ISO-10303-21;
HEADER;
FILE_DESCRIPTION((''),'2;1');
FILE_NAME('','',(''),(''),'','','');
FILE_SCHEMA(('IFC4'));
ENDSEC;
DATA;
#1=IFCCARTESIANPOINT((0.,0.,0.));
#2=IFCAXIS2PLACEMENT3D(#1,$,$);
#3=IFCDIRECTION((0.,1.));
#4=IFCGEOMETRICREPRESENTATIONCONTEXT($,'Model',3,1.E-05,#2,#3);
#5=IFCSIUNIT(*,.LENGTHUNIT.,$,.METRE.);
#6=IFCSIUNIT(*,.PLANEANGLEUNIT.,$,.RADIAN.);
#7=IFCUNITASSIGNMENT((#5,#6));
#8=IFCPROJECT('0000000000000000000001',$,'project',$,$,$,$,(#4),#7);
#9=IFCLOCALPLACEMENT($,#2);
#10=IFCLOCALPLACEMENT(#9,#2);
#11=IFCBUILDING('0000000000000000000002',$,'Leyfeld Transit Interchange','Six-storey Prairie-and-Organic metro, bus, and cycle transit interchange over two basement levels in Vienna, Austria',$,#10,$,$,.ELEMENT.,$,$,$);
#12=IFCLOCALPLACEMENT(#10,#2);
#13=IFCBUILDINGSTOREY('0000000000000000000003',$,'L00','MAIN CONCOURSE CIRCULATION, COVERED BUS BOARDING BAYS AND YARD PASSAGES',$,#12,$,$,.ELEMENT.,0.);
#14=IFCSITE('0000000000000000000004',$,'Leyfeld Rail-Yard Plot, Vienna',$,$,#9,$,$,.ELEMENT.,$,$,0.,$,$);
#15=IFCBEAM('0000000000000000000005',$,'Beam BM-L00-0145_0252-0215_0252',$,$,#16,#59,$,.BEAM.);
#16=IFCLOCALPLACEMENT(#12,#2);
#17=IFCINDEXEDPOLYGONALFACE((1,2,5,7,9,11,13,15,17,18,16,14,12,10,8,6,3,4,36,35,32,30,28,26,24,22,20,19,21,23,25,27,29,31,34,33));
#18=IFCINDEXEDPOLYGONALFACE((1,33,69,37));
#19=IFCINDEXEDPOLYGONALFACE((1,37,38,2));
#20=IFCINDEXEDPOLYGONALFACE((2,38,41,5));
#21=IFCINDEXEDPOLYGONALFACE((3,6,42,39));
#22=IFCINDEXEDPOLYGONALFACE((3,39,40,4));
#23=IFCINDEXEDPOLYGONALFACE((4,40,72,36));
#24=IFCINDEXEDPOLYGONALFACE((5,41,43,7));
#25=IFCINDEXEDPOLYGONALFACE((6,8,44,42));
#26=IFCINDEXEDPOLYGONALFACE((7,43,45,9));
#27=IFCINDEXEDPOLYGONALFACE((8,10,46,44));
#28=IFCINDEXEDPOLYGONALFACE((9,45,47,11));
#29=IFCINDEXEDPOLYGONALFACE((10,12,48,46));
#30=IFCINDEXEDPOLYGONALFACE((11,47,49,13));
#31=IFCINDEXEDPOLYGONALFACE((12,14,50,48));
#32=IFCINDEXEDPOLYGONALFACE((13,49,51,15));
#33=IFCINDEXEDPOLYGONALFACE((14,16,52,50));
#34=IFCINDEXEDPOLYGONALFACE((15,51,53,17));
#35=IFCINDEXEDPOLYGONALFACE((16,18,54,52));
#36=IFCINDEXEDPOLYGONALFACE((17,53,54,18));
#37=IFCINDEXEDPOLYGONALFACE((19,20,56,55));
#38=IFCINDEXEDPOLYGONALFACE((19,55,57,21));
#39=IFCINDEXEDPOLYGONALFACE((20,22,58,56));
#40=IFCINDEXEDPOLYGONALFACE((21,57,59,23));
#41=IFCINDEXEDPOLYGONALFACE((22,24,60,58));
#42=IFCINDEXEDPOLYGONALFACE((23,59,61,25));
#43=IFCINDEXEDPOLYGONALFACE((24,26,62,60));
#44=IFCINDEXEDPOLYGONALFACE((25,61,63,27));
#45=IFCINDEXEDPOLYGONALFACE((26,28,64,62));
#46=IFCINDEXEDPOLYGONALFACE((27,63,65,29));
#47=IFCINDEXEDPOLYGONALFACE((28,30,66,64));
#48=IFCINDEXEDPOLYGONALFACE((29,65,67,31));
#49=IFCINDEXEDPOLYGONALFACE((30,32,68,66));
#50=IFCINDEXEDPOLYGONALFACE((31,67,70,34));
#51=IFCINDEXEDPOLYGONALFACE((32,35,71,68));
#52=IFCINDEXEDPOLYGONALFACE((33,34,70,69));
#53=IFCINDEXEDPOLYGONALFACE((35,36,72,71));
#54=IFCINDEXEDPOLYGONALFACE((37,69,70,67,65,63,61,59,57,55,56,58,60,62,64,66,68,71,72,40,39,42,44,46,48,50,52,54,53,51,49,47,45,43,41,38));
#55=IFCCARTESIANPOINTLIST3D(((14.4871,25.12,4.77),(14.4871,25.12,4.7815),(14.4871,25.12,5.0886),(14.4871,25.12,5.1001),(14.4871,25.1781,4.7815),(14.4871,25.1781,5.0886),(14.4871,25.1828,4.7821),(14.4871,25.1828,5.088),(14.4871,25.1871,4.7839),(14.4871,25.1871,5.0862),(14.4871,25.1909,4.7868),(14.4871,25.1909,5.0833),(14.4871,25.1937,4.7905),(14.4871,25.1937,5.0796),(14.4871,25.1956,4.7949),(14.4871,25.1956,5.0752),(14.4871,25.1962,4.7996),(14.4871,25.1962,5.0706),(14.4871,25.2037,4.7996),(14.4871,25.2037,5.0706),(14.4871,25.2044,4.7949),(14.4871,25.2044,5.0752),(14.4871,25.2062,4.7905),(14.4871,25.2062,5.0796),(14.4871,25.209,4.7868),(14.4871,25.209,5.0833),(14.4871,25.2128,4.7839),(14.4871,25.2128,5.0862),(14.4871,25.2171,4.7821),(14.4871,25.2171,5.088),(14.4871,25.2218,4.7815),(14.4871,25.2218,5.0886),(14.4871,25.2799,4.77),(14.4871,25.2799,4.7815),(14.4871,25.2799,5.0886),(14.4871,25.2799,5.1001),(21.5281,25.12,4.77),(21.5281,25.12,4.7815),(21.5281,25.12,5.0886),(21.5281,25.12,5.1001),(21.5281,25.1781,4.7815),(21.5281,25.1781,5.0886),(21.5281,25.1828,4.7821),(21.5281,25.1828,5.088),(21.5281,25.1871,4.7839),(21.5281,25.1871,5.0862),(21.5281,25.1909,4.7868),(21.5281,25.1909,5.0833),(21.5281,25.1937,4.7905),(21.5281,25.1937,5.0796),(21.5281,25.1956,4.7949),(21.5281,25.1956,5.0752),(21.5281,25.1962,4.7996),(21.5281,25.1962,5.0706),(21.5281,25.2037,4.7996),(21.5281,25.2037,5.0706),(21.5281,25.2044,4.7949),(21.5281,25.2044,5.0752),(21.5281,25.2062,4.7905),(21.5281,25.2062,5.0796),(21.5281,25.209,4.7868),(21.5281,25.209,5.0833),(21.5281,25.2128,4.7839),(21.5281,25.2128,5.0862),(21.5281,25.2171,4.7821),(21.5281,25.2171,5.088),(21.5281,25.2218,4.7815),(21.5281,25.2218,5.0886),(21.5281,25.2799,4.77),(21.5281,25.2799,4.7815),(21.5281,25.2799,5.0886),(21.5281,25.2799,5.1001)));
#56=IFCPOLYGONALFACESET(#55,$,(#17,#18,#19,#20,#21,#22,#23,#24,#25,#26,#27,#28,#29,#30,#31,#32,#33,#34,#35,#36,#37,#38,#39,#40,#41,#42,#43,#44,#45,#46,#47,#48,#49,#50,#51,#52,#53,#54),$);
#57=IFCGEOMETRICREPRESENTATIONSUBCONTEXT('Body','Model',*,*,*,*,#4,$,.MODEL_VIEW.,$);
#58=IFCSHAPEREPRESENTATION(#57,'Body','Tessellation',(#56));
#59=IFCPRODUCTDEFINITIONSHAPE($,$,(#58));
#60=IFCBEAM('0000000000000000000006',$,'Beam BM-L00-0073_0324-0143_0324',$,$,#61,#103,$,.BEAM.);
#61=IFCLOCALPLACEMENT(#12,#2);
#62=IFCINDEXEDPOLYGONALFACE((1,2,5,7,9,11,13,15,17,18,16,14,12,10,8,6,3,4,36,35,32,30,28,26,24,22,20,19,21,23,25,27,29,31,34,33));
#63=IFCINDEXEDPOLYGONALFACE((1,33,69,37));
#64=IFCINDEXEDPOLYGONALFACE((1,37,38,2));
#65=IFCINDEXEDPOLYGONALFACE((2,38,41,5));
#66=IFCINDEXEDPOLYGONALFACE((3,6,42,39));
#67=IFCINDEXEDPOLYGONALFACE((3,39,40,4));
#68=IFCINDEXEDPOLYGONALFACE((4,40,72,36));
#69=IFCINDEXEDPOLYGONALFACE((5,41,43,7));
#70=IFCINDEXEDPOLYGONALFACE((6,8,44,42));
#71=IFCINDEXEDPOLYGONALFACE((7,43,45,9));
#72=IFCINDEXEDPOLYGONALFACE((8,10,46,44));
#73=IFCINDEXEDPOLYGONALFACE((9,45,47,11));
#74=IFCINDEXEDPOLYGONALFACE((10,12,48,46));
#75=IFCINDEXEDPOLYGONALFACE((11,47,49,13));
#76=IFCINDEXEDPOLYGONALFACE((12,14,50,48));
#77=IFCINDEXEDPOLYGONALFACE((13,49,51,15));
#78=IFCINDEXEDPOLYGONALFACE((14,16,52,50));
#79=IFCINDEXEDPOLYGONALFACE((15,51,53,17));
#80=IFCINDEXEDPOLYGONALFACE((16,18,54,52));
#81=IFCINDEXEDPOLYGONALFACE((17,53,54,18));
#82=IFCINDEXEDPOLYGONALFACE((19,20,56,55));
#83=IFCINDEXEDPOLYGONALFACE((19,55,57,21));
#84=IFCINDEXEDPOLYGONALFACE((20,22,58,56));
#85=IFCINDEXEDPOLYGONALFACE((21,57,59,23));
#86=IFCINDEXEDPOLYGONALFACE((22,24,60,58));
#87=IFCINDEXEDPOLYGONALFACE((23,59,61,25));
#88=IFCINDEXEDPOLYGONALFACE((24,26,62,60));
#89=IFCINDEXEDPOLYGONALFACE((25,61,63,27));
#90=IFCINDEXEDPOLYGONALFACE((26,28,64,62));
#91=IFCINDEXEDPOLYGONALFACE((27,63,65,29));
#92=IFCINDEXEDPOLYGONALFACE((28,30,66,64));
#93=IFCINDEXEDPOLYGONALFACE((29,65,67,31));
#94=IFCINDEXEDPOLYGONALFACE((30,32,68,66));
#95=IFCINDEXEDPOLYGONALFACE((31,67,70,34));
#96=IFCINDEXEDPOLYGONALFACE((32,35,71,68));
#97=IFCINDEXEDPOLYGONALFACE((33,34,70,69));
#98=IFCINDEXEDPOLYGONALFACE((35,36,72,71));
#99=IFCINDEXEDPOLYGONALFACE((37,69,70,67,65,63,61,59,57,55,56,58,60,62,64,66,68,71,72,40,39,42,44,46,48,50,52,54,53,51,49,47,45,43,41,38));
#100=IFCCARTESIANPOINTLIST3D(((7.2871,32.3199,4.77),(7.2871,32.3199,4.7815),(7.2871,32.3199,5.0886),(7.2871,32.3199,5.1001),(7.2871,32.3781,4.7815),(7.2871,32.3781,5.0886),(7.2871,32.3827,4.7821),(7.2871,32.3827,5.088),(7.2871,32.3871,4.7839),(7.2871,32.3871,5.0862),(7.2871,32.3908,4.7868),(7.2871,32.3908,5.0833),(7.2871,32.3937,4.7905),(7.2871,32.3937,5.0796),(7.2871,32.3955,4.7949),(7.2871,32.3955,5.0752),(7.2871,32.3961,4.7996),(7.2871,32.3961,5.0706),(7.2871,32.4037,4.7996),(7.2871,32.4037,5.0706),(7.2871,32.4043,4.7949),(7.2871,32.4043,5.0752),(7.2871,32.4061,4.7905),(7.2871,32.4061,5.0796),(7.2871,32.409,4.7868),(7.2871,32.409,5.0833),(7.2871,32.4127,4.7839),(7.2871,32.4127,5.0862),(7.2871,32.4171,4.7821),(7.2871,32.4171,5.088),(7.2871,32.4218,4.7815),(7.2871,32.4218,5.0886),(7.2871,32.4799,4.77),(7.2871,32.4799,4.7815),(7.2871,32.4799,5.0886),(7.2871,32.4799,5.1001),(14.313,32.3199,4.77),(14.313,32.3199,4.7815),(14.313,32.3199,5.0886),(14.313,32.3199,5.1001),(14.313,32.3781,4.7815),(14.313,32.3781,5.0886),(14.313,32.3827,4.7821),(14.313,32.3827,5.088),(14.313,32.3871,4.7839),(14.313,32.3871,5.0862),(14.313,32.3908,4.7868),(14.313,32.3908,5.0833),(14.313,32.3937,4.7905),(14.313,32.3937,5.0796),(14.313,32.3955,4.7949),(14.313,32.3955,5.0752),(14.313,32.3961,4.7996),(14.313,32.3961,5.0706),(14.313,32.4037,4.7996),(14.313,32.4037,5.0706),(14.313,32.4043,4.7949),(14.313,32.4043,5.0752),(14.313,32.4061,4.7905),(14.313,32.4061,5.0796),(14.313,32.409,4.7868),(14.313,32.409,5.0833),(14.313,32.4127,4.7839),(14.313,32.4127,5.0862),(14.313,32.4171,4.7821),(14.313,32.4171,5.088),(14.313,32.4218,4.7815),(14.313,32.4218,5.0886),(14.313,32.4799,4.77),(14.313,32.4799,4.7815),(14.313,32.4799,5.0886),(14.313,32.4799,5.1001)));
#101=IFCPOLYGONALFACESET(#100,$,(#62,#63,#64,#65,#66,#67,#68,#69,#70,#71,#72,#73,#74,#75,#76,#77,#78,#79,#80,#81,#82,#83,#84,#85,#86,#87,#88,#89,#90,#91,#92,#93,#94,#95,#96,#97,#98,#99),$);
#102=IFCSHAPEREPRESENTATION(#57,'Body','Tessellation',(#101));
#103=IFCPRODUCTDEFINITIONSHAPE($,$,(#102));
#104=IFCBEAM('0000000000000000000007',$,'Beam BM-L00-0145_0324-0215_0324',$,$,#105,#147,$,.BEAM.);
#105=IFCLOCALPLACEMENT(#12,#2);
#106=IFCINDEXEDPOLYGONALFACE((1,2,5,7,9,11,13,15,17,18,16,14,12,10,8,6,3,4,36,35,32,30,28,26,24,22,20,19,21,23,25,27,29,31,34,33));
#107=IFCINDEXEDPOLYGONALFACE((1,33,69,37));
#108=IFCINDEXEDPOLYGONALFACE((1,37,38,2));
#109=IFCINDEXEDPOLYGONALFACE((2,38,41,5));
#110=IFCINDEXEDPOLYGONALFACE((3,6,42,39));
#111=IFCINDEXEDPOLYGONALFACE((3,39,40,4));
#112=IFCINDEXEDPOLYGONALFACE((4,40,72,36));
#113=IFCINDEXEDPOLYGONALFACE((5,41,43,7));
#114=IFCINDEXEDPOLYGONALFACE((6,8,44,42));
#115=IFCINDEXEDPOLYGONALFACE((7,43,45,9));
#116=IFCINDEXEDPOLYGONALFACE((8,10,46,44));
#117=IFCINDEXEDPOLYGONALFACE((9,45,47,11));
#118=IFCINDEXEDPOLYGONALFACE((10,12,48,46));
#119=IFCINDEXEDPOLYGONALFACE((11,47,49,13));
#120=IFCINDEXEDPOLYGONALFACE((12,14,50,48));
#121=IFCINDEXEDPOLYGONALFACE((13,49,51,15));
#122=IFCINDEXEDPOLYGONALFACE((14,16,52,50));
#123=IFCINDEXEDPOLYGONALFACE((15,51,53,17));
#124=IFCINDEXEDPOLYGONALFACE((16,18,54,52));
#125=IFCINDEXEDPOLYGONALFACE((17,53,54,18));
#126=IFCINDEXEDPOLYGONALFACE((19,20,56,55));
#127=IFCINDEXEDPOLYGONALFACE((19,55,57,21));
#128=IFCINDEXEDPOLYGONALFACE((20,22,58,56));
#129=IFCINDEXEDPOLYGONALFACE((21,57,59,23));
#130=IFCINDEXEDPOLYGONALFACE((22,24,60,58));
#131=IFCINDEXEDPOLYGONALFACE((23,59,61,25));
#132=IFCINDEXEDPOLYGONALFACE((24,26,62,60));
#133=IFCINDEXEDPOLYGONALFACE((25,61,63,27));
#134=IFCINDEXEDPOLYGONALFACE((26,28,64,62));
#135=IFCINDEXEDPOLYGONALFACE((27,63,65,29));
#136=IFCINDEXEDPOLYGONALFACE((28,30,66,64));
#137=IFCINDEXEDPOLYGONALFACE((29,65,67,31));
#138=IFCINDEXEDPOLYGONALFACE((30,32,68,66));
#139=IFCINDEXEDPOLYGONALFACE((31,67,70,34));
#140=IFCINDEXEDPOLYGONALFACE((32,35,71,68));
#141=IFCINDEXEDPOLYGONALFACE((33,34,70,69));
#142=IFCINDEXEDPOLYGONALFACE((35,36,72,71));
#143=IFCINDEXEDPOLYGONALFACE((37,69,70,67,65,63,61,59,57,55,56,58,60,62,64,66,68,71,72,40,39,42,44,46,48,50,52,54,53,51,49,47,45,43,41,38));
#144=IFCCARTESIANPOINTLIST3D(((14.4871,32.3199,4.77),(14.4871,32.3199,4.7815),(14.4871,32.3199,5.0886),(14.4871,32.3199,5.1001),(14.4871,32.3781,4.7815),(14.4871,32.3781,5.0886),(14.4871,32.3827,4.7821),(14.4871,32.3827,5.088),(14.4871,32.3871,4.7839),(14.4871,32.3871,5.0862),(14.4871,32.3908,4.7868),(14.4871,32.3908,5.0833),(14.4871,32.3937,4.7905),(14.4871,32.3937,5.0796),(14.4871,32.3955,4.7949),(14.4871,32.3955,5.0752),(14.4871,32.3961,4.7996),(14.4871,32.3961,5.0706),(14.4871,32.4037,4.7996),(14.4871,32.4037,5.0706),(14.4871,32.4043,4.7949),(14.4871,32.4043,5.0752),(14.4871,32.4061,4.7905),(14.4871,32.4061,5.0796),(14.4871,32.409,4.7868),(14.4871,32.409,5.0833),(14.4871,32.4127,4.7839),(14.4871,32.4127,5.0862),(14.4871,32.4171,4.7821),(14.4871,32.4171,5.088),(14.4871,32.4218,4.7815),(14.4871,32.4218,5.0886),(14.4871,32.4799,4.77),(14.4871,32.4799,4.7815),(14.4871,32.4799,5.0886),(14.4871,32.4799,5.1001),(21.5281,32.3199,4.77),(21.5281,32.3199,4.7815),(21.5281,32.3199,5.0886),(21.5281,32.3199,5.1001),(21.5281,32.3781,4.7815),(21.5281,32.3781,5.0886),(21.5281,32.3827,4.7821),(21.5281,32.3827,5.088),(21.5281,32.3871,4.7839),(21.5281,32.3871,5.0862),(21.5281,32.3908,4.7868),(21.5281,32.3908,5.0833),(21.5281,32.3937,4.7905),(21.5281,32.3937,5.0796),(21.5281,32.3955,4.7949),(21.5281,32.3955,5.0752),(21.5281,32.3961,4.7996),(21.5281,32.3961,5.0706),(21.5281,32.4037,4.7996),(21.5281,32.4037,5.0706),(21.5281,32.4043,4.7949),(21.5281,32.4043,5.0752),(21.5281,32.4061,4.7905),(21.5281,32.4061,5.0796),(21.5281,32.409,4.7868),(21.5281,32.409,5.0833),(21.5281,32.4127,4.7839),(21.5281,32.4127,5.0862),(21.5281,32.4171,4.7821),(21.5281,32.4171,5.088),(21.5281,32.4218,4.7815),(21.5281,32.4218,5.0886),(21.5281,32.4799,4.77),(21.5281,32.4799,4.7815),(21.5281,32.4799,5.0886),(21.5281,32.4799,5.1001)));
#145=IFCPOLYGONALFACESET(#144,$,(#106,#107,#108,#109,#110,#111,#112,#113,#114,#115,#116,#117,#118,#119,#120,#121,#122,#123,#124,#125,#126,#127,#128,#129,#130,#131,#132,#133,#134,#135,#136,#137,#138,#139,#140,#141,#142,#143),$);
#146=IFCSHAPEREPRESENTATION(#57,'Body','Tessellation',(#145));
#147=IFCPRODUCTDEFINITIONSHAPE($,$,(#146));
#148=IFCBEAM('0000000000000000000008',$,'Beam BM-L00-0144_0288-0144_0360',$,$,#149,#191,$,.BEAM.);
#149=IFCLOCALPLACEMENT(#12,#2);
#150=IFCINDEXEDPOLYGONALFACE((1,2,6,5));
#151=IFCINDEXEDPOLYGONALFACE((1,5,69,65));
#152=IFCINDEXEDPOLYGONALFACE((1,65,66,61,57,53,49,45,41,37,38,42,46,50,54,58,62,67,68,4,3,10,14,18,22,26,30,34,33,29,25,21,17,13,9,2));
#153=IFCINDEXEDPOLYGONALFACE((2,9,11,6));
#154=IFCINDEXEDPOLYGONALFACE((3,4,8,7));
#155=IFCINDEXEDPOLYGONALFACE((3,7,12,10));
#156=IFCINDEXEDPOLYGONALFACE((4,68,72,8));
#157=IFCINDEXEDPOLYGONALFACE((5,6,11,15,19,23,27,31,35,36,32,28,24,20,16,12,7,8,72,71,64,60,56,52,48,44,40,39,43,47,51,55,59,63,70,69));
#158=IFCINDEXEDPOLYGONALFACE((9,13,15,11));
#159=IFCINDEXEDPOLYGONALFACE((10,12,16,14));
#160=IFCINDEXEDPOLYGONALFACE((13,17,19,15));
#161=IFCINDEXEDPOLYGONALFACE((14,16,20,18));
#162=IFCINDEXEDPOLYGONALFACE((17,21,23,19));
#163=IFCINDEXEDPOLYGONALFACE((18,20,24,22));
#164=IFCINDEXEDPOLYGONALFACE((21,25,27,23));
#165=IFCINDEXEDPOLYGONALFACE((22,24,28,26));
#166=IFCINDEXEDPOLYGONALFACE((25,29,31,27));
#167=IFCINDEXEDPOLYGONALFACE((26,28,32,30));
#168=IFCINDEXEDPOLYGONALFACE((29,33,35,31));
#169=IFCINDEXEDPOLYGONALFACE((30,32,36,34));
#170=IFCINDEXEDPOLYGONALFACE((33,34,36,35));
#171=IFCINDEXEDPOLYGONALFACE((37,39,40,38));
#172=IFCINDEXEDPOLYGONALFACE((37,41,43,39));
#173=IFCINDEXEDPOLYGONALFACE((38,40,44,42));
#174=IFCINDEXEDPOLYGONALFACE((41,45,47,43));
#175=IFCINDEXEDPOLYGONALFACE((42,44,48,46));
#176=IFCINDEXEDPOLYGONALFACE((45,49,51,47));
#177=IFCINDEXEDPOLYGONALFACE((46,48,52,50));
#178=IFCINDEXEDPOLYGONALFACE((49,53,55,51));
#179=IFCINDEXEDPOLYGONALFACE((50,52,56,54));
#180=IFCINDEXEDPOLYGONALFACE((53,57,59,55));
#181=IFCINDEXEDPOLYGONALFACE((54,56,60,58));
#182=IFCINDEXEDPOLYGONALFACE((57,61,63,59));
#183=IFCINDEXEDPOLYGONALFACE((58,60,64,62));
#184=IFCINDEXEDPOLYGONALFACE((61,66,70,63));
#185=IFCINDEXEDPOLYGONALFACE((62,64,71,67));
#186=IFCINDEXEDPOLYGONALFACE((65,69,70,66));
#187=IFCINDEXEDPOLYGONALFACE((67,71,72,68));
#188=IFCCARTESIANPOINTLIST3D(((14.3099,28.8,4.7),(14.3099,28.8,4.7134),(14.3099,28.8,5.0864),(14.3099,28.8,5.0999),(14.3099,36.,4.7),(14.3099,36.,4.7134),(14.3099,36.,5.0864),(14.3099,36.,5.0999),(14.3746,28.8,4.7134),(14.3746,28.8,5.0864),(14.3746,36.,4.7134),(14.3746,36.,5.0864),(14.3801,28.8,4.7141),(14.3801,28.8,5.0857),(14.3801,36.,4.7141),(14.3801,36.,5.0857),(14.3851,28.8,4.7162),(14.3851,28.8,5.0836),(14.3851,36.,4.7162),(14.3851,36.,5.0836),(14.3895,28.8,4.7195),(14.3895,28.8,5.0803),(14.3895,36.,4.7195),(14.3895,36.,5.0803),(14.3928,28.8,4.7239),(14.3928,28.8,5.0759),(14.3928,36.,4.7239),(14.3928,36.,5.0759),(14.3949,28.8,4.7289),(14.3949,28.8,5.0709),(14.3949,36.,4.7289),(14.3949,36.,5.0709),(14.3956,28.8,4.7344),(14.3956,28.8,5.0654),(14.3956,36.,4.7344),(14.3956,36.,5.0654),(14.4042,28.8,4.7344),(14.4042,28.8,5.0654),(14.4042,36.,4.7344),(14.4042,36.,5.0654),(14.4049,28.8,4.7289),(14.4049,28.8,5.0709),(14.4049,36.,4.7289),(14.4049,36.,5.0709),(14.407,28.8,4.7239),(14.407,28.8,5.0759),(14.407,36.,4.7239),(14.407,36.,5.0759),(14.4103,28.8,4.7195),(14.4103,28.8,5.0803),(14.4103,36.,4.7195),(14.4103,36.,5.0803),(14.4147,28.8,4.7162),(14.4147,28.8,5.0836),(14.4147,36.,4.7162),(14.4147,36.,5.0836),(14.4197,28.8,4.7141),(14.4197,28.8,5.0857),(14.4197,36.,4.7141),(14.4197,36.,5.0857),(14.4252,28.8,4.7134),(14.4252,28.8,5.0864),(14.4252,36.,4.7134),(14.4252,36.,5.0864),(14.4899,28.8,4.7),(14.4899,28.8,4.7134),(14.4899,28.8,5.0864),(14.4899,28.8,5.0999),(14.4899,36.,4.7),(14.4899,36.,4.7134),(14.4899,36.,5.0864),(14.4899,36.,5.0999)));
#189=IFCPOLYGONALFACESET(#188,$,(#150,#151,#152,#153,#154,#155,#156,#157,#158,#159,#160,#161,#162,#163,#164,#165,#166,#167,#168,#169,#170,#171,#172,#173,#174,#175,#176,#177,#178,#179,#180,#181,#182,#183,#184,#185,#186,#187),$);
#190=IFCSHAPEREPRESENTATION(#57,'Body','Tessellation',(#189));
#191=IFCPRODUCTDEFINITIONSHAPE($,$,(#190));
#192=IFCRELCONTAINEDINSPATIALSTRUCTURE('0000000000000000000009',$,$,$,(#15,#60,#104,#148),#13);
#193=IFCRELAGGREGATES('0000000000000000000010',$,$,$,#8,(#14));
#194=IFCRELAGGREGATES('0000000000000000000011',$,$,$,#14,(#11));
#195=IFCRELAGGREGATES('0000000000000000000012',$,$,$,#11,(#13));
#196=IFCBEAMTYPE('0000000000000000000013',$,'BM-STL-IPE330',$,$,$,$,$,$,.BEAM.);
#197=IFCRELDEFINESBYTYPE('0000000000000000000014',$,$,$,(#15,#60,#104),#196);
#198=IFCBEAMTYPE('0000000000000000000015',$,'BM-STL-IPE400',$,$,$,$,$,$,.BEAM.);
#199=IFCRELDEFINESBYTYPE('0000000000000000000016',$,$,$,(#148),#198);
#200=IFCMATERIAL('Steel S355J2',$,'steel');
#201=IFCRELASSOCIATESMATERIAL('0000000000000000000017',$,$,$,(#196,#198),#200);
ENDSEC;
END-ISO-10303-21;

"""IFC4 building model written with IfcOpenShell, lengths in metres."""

from ifc_helpers import new_model, si_unit, direction, frame, origin, origin_2d, place, context, subcontext, project, spatial, i_section, extrude, material, material_profile, profile_set, type_object, element, save


model = new_model("IFC4")

# Units and contexts
model_context = context("Model", 3, precision=1e-05, world=origin(), true_north=direction((0.0, 1.0)))
body_context = subcontext(model_context, "Body", "Model", "MODEL_VIEW")
ifc_project = project(units=[si_unit("LENGTHUNIT", "METRE"), si_unit("PLANEANGLEUNIT", "RADIAN")], contexts=[model_context])

# Site, building, storey
site_placement = place(None, origin())
site = spatial("IfcSite", under=ifc_project, at=site_placement, Name="Leyfeld Rail-Yard Plot, Vienna", CompositionType="ELEMENT", RefElevation=0.0)
building_placement = place(site_placement, origin())
building = spatial("IfcBuilding", under=site, at=building_placement, Name="Leyfeld Transit Interchange", Description="Six-storey Prairie-and-Organic metro, bus, and cycle transit interchange over two basement levels in Vienna, Austria", CompositionType="ELEMENT")
storey_placement = place(building_placement, origin())
storey = spatial("IfcBuildingStorey", under=building, at=storey_placement, Name="L00", Description="MAIN CONCOURSE CIRCULATION, COVERED BUS BOARDING BAYS AND YARD PASSAGES", CompositionType="ELEMENT", Elevation=0.0)

# Shared definitions
ifc_material_1 = material(Name="Steel S355J2", Category="steel")

# Beams
ifc_material_profile_1 = material_profile(ifc_material_1, i_section(OverallWidth=0.1599, OverallDepth=0.3301, WebThickness=0.0076, FlangeThickness=0.0115, FilletRadius=0.0181, at=origin_2d()), Name="IPE 330")
ifc_profile_set_1 = profile_set([ifc_material_profile_1], Name="Steel S355J2")
beam_type_1 = type_object("IfcBeamType", Name="BM-STL-IPE330", PredefinedType="BEAM", material=ifc_profile_set_1)
beam_1_placement = place(storey_placement, frame((14.4871, 25.2, 4.9351), z_axis=(1.0, 0.0, 0.0), x_axis=(0.0, 1.0, 0.0)))
element("IfcBeam", 1, at=beam_1_placement, inside=storey, type_object=beam_type_1, Name="Beam BM-L00-0145_0252-0215_0252", PredefinedType="BEAM", context=body_context, shape_type="SweptSolid", body=[
    extrude(i_section(OverallWidth=0.1599, OverallDepth=0.3301, WebThickness=0.0076, FlangeThickness=0.0115, FilletRadius=0.0181, at=origin_2d()), origin(), (0.0, 0.0, 1.0), 7.041),
])
beam_2_placement = place(storey_placement, frame((7.2871, 32.3999, 4.9351), z_axis=(1.0, 0.0, 0.0), x_axis=(0.0, 1.0, 0.0)))
element("IfcBeam", 2, at=beam_2_placement, inside=storey, type_object=beam_type_1, Name="Beam BM-L00-0073_0324-0143_0324", PredefinedType="BEAM", context=body_context, shape_type="SweptSolid", body=[
    extrude(i_section(OverallWidth=0.1599, OverallDepth=0.3301, WebThickness=0.0076, FlangeThickness=0.0115, FilletRadius=0.0181, at=origin_2d()), origin(), (0.0, 0.0, 1.0), 7.0259),
])
beam_3_placement = place(storey_placement, frame((14.4871, 32.3999, 4.9351), z_axis=(1.0, 0.0, 0.0), x_axis=(0.0, 1.0, 0.0)))
element("IfcBeam", 3, at=beam_3_placement, inside=storey, type_object=beam_type_1, Name="Beam BM-L00-0145_0324-0215_0324", PredefinedType="BEAM", context=body_context, shape_type="SweptSolid", body=[
    extrude(i_section(OverallWidth=0.1599, OverallDepth=0.3301, WebThickness=0.0076, FlangeThickness=0.0115, FilletRadius=0.0181, at=origin_2d()), origin(), (0.0, 0.0, 1.0), 7.041),
])
ifc_material_profile_2 = material_profile(ifc_material_1, i_section(OverallWidth=0.1799, OverallDepth=0.3999, WebThickness=0.0085, FlangeThickness=0.0134, FilletRadius=0.021, at=origin_2d()), Name="IPE 400")
ifc_profile_set_2 = profile_set([ifc_material_profile_2], Name="Steel S355J2")
beam_type_2 = type_object("IfcBeamType", Name="BM-STL-IPE400", PredefinedType="BEAM", material=ifc_profile_set_2)
for number, where, z_axis, x_axis, name in (
    (4, (14.3999, 28.8, 4.8999), (0.0, 1.0, 0.0), (-1.0, 0.0, 0.0), "Beam BM-L00-0144_0288-0144_0360"),
):
    element("IfcBeam", number, at=place(storey_placement, frame(where, z_axis=z_axis, x_axis=x_axis)), inside=storey, type_object=beam_type_2, Name=name, PredefinedType="BEAM", context=body_context, shape_type="SweptSolid", body=[
        extrude(i_section(OverallWidth=0.1799, OverallDepth=0.3999, WebThickness=0.0085, FlangeThickness=0.0134, FilletRadius=0.021, at=origin_2d()), origin(), (0.0, 0.0, 1.0), 7.2),
    ])

save(model, "model.ifc")
